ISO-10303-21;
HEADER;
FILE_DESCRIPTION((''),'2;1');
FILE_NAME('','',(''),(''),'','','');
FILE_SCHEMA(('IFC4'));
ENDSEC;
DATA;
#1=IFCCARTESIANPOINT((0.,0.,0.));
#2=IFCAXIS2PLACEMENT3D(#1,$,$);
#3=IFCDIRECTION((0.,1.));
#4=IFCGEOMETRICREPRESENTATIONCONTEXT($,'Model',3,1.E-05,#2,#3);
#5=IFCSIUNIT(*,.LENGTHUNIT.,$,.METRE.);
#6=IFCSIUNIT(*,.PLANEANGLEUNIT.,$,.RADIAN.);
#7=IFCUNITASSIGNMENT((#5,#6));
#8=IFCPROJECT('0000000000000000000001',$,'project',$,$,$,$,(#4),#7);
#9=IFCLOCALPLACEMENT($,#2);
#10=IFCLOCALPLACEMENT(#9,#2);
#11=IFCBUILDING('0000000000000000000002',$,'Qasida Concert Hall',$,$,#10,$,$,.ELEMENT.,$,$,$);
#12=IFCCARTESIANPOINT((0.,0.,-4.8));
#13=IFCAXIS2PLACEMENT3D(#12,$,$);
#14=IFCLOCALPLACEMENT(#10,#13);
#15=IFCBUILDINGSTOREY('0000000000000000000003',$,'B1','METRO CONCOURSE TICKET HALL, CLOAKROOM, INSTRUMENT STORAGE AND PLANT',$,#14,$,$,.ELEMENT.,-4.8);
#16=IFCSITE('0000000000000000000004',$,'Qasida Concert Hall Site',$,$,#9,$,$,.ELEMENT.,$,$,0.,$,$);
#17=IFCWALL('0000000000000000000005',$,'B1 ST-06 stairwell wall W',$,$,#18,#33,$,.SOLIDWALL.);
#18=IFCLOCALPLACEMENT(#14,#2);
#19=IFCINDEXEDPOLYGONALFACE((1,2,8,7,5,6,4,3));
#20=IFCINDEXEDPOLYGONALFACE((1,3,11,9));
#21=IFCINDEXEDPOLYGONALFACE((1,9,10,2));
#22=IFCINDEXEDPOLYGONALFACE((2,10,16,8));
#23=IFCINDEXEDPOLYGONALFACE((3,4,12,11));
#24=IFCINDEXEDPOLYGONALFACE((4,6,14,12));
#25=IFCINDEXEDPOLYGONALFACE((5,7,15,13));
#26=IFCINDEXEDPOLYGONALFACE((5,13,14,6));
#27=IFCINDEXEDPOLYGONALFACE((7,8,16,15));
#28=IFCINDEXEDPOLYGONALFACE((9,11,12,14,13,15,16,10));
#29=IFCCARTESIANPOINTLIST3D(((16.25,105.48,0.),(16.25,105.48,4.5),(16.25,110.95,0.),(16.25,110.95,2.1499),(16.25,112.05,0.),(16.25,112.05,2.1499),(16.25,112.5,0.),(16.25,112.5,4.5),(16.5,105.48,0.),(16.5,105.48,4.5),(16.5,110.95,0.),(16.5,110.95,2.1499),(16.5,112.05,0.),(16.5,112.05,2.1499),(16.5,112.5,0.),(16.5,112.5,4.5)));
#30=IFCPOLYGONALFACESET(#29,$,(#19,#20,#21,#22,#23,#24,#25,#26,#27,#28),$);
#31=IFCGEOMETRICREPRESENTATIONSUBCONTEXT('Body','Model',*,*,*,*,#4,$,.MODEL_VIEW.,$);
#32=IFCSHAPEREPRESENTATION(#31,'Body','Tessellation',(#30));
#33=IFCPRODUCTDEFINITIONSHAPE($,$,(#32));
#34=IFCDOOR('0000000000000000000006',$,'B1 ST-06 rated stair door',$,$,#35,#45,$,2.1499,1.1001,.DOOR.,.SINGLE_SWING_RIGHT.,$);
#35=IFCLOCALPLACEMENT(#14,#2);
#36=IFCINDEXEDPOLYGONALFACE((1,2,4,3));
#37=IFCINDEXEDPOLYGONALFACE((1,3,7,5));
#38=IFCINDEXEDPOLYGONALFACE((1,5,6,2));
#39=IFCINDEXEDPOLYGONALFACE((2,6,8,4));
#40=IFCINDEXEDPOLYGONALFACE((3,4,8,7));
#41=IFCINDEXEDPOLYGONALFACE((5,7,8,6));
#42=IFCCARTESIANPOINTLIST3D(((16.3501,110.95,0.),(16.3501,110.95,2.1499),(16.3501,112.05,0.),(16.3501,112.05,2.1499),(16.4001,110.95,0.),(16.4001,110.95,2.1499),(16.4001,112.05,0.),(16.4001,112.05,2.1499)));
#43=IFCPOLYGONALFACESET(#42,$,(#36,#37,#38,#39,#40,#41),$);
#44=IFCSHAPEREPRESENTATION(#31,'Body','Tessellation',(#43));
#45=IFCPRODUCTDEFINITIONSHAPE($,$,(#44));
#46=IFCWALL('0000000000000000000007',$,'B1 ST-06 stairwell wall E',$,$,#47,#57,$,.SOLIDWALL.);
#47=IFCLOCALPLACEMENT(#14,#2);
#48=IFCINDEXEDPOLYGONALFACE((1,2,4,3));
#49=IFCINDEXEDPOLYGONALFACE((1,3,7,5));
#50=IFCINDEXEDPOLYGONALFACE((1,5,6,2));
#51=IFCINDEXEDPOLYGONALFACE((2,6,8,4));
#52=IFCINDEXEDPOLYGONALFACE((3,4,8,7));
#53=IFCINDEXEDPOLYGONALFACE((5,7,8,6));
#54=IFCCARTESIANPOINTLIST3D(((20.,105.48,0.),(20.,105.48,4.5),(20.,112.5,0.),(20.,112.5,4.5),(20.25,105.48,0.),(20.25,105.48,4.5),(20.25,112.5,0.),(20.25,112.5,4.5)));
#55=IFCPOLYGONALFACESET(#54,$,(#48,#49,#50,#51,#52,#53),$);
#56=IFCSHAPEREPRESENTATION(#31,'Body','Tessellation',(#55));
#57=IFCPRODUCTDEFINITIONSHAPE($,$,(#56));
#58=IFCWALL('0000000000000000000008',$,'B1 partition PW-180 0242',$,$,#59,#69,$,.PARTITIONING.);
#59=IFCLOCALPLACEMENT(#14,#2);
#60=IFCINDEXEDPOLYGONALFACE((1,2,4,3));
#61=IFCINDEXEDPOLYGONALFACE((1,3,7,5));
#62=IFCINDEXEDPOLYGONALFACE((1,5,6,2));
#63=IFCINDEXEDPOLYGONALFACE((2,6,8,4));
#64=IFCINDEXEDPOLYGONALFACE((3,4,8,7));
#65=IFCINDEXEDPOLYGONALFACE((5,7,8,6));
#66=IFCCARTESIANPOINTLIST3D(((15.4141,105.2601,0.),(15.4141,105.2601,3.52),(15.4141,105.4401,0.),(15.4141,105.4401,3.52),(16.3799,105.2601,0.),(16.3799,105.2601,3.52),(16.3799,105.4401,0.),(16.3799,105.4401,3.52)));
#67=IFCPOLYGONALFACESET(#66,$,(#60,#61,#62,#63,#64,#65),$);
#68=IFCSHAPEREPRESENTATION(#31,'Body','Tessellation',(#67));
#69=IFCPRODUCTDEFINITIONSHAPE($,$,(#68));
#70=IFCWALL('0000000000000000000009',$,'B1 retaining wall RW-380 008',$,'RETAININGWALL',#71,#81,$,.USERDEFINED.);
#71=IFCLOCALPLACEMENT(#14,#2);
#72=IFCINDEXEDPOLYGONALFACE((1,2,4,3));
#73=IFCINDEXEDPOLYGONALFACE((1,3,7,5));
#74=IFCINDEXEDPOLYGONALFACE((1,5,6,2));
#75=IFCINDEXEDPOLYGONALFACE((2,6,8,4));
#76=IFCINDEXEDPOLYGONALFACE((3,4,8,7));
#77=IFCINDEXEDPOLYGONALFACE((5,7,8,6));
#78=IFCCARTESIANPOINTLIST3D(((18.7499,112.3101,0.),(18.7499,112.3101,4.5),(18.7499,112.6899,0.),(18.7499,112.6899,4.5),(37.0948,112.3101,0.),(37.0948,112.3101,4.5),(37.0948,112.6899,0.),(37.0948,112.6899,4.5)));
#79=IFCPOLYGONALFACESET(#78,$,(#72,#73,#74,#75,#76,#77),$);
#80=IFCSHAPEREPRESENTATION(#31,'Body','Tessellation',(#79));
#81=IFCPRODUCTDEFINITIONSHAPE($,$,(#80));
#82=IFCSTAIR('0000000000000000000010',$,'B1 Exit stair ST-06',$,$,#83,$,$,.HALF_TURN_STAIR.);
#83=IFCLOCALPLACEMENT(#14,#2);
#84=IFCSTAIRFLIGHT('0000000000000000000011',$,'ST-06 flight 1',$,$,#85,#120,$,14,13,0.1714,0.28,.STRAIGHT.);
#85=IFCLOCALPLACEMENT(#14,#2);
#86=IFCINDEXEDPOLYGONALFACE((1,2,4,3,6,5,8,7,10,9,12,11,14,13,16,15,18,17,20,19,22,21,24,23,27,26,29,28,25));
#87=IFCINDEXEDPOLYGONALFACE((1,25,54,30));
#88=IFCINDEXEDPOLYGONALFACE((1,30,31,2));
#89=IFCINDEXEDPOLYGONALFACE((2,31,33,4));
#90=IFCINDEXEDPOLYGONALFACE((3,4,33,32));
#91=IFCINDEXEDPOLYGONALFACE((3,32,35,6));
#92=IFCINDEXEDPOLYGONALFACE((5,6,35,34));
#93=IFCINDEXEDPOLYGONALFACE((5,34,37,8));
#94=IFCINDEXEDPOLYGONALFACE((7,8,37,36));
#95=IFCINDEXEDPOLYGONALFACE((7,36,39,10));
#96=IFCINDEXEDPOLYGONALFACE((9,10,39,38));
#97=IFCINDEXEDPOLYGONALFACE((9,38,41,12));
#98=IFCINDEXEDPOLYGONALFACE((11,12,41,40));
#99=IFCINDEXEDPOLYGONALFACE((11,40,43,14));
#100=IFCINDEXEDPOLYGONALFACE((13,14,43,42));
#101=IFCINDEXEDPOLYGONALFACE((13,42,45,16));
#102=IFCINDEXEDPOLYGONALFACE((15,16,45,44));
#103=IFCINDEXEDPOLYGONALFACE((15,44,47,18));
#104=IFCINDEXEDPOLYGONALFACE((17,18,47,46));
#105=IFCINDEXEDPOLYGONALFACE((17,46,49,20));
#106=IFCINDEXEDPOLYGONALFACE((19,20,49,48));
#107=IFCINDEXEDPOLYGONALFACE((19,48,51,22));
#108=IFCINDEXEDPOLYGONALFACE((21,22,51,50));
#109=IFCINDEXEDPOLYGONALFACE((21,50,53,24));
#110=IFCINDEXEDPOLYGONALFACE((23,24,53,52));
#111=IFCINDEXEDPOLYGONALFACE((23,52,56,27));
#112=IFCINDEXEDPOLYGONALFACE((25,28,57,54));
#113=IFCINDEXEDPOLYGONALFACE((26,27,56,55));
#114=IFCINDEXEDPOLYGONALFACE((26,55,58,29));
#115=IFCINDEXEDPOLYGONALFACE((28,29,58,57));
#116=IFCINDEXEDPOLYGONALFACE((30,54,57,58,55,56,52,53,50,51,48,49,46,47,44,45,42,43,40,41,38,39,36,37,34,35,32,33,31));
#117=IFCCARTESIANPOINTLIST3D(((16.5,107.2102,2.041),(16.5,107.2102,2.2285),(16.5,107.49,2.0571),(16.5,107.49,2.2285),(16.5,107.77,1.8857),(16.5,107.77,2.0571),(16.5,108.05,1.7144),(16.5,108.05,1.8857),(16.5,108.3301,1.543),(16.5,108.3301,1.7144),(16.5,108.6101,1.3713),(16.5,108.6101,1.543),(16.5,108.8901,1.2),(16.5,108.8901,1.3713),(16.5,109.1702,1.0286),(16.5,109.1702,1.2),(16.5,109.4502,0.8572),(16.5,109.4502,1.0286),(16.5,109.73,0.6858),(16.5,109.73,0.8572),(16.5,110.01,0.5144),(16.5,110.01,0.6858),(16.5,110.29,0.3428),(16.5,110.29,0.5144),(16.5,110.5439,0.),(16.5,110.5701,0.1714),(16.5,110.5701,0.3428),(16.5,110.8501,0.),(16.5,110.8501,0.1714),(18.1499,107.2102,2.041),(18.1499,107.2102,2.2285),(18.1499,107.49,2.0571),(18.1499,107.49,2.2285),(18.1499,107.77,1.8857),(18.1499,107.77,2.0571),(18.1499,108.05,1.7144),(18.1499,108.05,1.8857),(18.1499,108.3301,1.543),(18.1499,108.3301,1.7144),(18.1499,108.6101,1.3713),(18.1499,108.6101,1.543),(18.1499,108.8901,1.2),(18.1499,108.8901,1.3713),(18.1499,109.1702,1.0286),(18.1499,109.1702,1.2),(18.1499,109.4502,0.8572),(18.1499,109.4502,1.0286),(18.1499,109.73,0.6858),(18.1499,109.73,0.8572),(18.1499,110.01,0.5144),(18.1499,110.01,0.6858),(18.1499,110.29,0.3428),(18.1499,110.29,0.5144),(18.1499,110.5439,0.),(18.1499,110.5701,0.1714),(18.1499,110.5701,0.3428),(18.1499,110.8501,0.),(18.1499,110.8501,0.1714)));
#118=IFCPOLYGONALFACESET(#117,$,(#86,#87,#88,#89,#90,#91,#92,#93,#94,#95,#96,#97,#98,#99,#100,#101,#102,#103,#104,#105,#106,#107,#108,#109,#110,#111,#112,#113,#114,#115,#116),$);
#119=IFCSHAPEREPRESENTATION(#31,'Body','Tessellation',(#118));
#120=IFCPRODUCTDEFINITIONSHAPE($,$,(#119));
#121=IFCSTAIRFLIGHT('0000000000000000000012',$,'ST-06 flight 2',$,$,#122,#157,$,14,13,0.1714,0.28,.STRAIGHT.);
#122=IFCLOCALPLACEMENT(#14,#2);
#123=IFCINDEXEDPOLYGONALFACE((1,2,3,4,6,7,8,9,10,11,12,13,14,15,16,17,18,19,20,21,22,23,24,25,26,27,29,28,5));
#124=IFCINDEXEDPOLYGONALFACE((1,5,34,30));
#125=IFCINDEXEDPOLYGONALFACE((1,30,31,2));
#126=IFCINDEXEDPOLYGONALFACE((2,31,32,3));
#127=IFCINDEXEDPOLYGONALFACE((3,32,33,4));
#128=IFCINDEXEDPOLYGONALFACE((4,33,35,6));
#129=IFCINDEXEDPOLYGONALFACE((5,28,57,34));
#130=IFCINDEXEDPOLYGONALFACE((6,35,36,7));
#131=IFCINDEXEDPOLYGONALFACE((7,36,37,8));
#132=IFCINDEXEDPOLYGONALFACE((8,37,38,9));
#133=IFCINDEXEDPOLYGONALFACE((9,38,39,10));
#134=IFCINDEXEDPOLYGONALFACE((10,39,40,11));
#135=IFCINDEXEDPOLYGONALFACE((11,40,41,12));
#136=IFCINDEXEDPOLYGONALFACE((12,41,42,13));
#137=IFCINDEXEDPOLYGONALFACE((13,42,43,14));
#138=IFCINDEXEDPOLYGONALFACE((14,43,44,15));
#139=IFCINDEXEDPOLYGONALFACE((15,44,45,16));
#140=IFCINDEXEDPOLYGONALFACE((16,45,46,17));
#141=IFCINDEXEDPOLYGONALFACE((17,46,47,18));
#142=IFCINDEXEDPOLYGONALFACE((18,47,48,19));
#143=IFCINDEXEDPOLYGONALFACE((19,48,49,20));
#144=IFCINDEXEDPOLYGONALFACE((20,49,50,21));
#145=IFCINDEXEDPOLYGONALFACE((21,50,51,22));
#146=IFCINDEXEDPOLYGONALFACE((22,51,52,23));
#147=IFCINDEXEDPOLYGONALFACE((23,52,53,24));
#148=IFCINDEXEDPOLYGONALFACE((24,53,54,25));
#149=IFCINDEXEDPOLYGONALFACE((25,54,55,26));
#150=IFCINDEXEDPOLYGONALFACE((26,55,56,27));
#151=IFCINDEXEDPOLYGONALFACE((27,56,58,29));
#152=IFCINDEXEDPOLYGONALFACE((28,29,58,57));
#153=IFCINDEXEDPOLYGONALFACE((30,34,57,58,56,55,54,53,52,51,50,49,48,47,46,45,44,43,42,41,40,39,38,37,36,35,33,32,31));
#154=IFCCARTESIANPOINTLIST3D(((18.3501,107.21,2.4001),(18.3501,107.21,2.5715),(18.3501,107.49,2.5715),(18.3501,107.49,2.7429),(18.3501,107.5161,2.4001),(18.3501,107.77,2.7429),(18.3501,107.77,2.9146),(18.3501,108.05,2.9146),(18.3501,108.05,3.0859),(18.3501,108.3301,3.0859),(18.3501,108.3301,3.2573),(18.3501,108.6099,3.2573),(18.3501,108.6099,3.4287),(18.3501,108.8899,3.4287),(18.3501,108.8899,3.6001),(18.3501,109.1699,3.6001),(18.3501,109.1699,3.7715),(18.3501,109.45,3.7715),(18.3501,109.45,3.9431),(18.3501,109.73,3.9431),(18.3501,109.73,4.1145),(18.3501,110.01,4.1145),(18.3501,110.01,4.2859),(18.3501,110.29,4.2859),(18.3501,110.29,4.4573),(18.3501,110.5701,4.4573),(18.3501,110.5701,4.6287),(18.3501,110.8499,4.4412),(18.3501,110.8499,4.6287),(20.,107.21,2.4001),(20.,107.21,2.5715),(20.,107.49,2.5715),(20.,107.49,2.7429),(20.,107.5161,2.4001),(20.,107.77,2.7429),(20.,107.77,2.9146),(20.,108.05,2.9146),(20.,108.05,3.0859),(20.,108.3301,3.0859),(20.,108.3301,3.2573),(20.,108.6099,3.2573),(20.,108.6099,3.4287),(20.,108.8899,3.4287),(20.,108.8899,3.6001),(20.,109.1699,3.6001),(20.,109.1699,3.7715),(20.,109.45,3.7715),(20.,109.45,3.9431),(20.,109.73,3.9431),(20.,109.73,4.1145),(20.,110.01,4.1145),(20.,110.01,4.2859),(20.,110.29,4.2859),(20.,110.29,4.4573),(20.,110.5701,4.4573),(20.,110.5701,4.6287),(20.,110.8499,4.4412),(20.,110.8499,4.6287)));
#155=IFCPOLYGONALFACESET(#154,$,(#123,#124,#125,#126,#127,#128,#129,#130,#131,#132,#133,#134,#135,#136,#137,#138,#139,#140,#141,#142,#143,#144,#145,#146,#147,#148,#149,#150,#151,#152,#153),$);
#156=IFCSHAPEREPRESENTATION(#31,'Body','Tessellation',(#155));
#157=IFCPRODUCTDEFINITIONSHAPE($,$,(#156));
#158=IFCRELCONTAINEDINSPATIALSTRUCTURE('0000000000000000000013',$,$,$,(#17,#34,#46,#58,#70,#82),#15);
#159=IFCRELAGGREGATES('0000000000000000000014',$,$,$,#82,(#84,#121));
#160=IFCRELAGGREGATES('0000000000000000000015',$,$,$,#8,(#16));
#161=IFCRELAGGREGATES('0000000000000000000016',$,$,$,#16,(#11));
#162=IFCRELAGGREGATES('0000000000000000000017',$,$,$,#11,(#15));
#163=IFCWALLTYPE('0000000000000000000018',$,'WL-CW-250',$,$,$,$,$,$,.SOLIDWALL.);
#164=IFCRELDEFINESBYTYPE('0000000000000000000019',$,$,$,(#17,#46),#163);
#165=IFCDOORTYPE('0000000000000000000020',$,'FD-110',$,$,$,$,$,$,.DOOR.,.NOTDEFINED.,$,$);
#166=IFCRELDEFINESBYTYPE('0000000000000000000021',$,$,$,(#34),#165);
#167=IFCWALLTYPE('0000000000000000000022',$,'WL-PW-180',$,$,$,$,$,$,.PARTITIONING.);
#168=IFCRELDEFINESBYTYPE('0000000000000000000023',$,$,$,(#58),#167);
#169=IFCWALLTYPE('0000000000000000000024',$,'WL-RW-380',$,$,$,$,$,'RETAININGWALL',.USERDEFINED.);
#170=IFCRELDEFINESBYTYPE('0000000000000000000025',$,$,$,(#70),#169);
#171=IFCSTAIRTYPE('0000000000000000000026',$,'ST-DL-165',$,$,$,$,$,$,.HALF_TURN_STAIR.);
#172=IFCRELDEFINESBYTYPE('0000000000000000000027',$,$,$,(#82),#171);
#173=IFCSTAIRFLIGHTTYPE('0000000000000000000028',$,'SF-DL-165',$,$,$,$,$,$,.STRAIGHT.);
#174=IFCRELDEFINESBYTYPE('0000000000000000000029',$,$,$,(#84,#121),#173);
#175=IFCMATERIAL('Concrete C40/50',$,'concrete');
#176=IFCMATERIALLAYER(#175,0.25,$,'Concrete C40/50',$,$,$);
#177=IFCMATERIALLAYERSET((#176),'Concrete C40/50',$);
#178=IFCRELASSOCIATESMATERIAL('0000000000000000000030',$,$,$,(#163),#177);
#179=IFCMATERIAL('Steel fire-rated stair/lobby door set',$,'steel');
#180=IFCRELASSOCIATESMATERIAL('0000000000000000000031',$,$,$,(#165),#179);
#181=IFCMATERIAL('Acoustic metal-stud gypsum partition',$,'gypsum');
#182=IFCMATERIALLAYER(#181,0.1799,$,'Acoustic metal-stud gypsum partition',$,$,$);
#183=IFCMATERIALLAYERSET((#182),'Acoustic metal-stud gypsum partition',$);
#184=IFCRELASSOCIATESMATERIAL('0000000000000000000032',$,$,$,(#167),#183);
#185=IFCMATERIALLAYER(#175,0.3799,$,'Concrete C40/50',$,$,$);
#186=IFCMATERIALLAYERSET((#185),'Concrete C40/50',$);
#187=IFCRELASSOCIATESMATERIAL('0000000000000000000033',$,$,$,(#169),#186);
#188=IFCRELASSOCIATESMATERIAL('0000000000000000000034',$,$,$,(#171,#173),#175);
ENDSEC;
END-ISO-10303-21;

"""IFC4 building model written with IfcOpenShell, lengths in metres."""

from ifc_helpers import new_model, si_unit, direction, frame, frame_2d, origin, place, context, subcontext, project, spatial, polyline, rectangle, outline, extrude, material, layer, layer_set, type_object, element, fill, aggregate, save


model = new_model("IFC4")

# Units and contexts
model_context = context("Model", 3, precision=1e-05, world=origin(), true_north=direction((0.0, 1.0)))
body_context = subcontext(model_context, "Body", "Model", "MODEL_VIEW")
ifc_project = project(units=[si_unit("LENGTHUNIT", "METRE"), si_unit("PLANEANGLEUNIT", "RADIAN")], contexts=[model_context])

# Site, building, storey
site_placement = place(None, origin())
site = spatial("IfcSite", under=ifc_project, at=site_placement, Name="Qasida Concert Hall Site", CompositionType="ELEMENT", RefElevation=0.0)
building_placement = place(site_placement, origin())
building = spatial("IfcBuilding", under=site, at=building_placement, Name="Qasida Concert Hall", CompositionType="ELEMENT")
storey_placement = place(building_placement, frame((0.0, 0.0, -4.8)))
storey = spatial("IfcBuildingStorey", under=building, at=storey_placement, Name="B1", Description="METRO CONCOURSE TICKET HALL, CLOAKROOM, INSTRUMENT STORAGE AND PLANT", CompositionType="ELEMENT", Elevation=-4.8)

# Shared definitions
ifc_material_1 = material(Name="Concrete C40/50", Category="concrete")

# Shared definitions
ifc_layer_1 = layer(ifc_material_1, 0.25, Name="Concrete C40/50")
ifc_layer_set_1 = layer_set([ifc_layer_1], Name="Concrete C40/50")
wall_type_1 = type_object("IfcWallType", Name="WL-CW-250", PredefinedType="SOLIDWALL", material=ifc_layer_set_1)

# Wall, opening, door
wall_1_placement = place(storey_placement, frame((16.375, 105.48, 0.0), z_axis=(0.0, 0.0, 1.0), x_axis=(0.0, 1.0, 0.0)))
wall_1 = element("IfcWall", 1, at=wall_1_placement, inside=storey, type_object=wall_type_1, Name="B1 ST-06 stairwell wall W", PredefinedType="SOLIDWALL", context=body_context, shape_type="SweptSolid", body=[
    extrude(rectangle(XDim=7.02, YDim=0.25, at=frame_2d((3.51, 0.0))), origin(), (0.0, 0.0, 1.0), 4.5),
])
opening_placement = place(wall_1_placement, frame((5.47, 0.0, 0.0)))
opening = element("IfcOpeningElement", 2, at=opening_placement, cuts=wall_1, PredefinedType="OPENING", context=body_context, shape_type="SweptSolid", body=[
    extrude(rectangle(XDim=1.1001, YDim=2.1499, at=frame_2d((0.55, 1.075))), frame((0.0, 0.135, 0.0), z_axis=(0.0, -1.0, 0.0), x_axis=(1.0, 0.0, 0.0)), (0.0, 0.0, 1.0), 0.27),
])
ifc_material_2 = material(Name="Steel fire-rated stair/lobby door set", Category="steel")
door_type = type_object("IfcDoorType", Name="FD-110", OperationType="NOTDEFINED", PredefinedType="DOOR", material=ifc_material_2)
door_placement = place(opening_placement, origin())
door = element("IfcDoor", 3, at=door_placement, inside=storey, type_object=door_type, Name="B1 ST-06 rated stair door", OperationType="SINGLE_SWING_RIGHT", OverallHeight=2.1499, OverallWidth=1.1001, PredefinedType="DOOR", context=body_context, shape_type="SweptSolid", body=[
    extrude(rectangle(XDim=1.1001, YDim=2.1499, at=frame_2d((0.55, 1.075))), frame((0.0, 0.0249, 0.0), z_axis=(0.0, -1.0, 0.0), x_axis=(1.0, 0.0, 0.0)), (0.0, 0.0, 1.0), 0.05),
])
fill(opening, door)

# Walls
wall_2_placement = place(storey_placement, frame((20.125, 105.48, 0.0), z_axis=(0.0, 0.0, 1.0), x_axis=(0.0, 1.0, 0.0)))
element("IfcWall", 4, at=wall_2_placement, inside=storey, type_object=wall_type_1, Name="B1 ST-06 stairwell wall E", PredefinedType="SOLIDWALL", context=body_context, shape_type="SweptSolid", body=[
    extrude(rectangle(XDim=7.02, YDim=0.25, at=frame_2d((3.51, 0.0))), origin(), (0.0, 0.0, 1.0), 4.5),
])
ifc_material_3 = material(Name="Acoustic metal-stud gypsum partition", Category="gypsum")
ifc_layer_2 = layer(ifc_material_3, 0.1799, Name="Acoustic metal-stud gypsum partition")
ifc_layer_set_2 = layer_set([ifc_layer_2], Name="Acoustic metal-stud gypsum partition")
wall_type_2 = type_object("IfcWallType", Name="WL-PW-180", PredefinedType="PARTITIONING", material=ifc_layer_set_2)
wall_3_placement = place(storey_placement, frame((15.4141, 105.3501, 0.0), z_axis=(0.0, 0.0, 1.0), x_axis=(1.0, 0.0, 0.0)))
element("IfcWall", 5, at=wall_3_placement, inside=storey, type_object=wall_type_2, Name="B1 partition PW-180 0242", PredefinedType="PARTITIONING", context=body_context, shape_type="SweptSolid", body=[
    extrude(rectangle(XDim=0.9658, YDim=0.1799, at=frame_2d((0.4829, 0.0))), origin(), (0.0, 0.0, 1.0), 3.52),
])
ifc_layer_3 = layer(ifc_material_1, 0.3799, Name="Concrete C40/50")
ifc_layer_set_3 = layer_set([ifc_layer_3], Name="Concrete C40/50")
wall_type_3 = type_object("IfcWallType", Name="WL-RW-380", ElementType="RETAININGWALL", PredefinedType="USERDEFINED", material=ifc_layer_set_3)
wall_4_placement = place(storey_placement, frame((18.75, 112.5, 0.0), z_axis=(0.0, 0.0, 1.0), x_axis=(1.0, 0.0, 0.0)))
element("IfcWall", 6, at=wall_4_placement, inside=storey, type_object=wall_type_3, Name="B1 retaining wall RW-380 008", ObjectType="RETAININGWALL", PredefinedType="USERDEFINED", context=body_context, shape_type="SweptSolid", body=[
    extrude(rectangle(XDim=18.345, YDim=0.3799, at=frame_2d((9.1724, 0.0))), origin(), (0.0, 0.0, 1.0), 4.5),
])

# Stair, stair flights
stair_type = type_object("IfcStairType", Name="ST-DL-165", PredefinedType="HALF_TURN_STAIR", material=ifc_material_1)
stair_placement = place(storey_placement, origin())
stair = element("IfcStair", 7, at=stair_placement, inside=storey, type_object=stair_type, Name="B1 Exit stair ST-06", PredefinedType="HALF_TURN_STAIR")
stair_flight_type = type_object("IfcStairFlightType", Name="SF-DL-165", PredefinedType="STRAIGHT", material=ifc_material_1)
stair_flight_1_placement = place(storey_placement, frame((17.325, 110.8501, 0.0), z_axis=(0.0, 0.0, 1.0), x_axis=(0.0, -1.0, 0.0)))
stair_flight_1 = element("IfcStairFlight", 8, at=stair_flight_1_placement, type_object=stair_flight_type, Name="ST-06 flight 1", NumberOfRisers=14, NumberOfTreads=13, PredefinedType="STRAIGHT", RiserHeight=0.1714, TreadLength=0.28, context=body_context, shape_type="SweptSolid", body=[
    extrude(outline(polyline([(0.0, 0.0), (0.0, 0.1714), (0.28, 0.1714), (0.28, 0.3428), (0.5601, 0.3428), (0.5601, 0.5144), (0.8401, 0.5144), (0.8401, 0.6858), (1.1201, 0.6858), (1.1201, 0.8572), (1.3999, 0.8572), (1.3999, 1.0286), (1.6799, 1.0286), (1.6799, 1.2), (1.96, 1.2), (1.96, 1.3713), (2.24, 1.3713), (2.24, 1.543), (2.52, 1.543), (2.52, 1.7144), (2.8, 1.7144), (2.8, 1.8857), (3.0801, 1.8857), (3.0801, 2.0571), (3.3601, 2.0571), (3.3601, 2.2285), (3.6399, 2.2285), (3.6399, 2.3999), (3.6399, 2.041), (0.3062, 0.0), (0.0, 0.0)])), frame((0.0, 0.825, 0.0), z_axis=(0.0, -1.0, 0.0), x_axis=(1.0, 0.0, 0.0)), (0.0, 0.0, 1.0), 1.6499),
])
stair_flight_2_placement = place(storey_placement, frame((19.175, 107.21, 2.4001), z_axis=(0.0, 0.0, 1.0), x_axis=(0.0, 1.0, 0.0)))
stair_flight_2 = element("IfcStairFlight", 9, at=stair_flight_2_placement, type_object=stair_flight_type, Name="ST-06 flight 2", NumberOfRisers=14, NumberOfTreads=13, PredefinedType="STRAIGHT", RiserHeight=0.1714, TreadLength=0.28, context=body_context, shape_type="SweptSolid", body=[
    extrude(outline(polyline([(0.0, 0.0), (0.0, 0.1714), (0.28, 0.1714), (0.28, 0.3428), (0.5601, 0.3428), (0.5601, 0.5144), (0.8401, 0.5144), (0.8401, 0.6858), (1.1201, 0.6858), (1.1201, 0.8572), (1.3999, 0.8572), (1.3999, 1.0286), (1.6799, 1.0286), (1.6799, 1.2), (1.96, 1.2), (1.96, 1.3713), (2.24, 1.3713), (2.24, 1.543), (2.52, 1.543), (2.52, 1.7144), (2.8, 1.7144), (2.8, 1.8857), (3.0801, 1.8857), (3.0801, 2.0571), (3.3601, 2.0571), (3.3601, 2.2285), (3.6399, 2.2285), (3.6399, 2.3999), (3.6399, 2.041), (0.3062, 0.0), (0.0, 0.0)])), frame((0.0, 0.825, 0.0), z_axis=(0.0, -1.0, 0.0), x_axis=(1.0, 0.0, 0.0)), (0.0, 0.0, 1.0), 1.6499),
])
aggregate(stair, [stair_flight_1, stair_flight_2])

save(model, "model.ifc")
